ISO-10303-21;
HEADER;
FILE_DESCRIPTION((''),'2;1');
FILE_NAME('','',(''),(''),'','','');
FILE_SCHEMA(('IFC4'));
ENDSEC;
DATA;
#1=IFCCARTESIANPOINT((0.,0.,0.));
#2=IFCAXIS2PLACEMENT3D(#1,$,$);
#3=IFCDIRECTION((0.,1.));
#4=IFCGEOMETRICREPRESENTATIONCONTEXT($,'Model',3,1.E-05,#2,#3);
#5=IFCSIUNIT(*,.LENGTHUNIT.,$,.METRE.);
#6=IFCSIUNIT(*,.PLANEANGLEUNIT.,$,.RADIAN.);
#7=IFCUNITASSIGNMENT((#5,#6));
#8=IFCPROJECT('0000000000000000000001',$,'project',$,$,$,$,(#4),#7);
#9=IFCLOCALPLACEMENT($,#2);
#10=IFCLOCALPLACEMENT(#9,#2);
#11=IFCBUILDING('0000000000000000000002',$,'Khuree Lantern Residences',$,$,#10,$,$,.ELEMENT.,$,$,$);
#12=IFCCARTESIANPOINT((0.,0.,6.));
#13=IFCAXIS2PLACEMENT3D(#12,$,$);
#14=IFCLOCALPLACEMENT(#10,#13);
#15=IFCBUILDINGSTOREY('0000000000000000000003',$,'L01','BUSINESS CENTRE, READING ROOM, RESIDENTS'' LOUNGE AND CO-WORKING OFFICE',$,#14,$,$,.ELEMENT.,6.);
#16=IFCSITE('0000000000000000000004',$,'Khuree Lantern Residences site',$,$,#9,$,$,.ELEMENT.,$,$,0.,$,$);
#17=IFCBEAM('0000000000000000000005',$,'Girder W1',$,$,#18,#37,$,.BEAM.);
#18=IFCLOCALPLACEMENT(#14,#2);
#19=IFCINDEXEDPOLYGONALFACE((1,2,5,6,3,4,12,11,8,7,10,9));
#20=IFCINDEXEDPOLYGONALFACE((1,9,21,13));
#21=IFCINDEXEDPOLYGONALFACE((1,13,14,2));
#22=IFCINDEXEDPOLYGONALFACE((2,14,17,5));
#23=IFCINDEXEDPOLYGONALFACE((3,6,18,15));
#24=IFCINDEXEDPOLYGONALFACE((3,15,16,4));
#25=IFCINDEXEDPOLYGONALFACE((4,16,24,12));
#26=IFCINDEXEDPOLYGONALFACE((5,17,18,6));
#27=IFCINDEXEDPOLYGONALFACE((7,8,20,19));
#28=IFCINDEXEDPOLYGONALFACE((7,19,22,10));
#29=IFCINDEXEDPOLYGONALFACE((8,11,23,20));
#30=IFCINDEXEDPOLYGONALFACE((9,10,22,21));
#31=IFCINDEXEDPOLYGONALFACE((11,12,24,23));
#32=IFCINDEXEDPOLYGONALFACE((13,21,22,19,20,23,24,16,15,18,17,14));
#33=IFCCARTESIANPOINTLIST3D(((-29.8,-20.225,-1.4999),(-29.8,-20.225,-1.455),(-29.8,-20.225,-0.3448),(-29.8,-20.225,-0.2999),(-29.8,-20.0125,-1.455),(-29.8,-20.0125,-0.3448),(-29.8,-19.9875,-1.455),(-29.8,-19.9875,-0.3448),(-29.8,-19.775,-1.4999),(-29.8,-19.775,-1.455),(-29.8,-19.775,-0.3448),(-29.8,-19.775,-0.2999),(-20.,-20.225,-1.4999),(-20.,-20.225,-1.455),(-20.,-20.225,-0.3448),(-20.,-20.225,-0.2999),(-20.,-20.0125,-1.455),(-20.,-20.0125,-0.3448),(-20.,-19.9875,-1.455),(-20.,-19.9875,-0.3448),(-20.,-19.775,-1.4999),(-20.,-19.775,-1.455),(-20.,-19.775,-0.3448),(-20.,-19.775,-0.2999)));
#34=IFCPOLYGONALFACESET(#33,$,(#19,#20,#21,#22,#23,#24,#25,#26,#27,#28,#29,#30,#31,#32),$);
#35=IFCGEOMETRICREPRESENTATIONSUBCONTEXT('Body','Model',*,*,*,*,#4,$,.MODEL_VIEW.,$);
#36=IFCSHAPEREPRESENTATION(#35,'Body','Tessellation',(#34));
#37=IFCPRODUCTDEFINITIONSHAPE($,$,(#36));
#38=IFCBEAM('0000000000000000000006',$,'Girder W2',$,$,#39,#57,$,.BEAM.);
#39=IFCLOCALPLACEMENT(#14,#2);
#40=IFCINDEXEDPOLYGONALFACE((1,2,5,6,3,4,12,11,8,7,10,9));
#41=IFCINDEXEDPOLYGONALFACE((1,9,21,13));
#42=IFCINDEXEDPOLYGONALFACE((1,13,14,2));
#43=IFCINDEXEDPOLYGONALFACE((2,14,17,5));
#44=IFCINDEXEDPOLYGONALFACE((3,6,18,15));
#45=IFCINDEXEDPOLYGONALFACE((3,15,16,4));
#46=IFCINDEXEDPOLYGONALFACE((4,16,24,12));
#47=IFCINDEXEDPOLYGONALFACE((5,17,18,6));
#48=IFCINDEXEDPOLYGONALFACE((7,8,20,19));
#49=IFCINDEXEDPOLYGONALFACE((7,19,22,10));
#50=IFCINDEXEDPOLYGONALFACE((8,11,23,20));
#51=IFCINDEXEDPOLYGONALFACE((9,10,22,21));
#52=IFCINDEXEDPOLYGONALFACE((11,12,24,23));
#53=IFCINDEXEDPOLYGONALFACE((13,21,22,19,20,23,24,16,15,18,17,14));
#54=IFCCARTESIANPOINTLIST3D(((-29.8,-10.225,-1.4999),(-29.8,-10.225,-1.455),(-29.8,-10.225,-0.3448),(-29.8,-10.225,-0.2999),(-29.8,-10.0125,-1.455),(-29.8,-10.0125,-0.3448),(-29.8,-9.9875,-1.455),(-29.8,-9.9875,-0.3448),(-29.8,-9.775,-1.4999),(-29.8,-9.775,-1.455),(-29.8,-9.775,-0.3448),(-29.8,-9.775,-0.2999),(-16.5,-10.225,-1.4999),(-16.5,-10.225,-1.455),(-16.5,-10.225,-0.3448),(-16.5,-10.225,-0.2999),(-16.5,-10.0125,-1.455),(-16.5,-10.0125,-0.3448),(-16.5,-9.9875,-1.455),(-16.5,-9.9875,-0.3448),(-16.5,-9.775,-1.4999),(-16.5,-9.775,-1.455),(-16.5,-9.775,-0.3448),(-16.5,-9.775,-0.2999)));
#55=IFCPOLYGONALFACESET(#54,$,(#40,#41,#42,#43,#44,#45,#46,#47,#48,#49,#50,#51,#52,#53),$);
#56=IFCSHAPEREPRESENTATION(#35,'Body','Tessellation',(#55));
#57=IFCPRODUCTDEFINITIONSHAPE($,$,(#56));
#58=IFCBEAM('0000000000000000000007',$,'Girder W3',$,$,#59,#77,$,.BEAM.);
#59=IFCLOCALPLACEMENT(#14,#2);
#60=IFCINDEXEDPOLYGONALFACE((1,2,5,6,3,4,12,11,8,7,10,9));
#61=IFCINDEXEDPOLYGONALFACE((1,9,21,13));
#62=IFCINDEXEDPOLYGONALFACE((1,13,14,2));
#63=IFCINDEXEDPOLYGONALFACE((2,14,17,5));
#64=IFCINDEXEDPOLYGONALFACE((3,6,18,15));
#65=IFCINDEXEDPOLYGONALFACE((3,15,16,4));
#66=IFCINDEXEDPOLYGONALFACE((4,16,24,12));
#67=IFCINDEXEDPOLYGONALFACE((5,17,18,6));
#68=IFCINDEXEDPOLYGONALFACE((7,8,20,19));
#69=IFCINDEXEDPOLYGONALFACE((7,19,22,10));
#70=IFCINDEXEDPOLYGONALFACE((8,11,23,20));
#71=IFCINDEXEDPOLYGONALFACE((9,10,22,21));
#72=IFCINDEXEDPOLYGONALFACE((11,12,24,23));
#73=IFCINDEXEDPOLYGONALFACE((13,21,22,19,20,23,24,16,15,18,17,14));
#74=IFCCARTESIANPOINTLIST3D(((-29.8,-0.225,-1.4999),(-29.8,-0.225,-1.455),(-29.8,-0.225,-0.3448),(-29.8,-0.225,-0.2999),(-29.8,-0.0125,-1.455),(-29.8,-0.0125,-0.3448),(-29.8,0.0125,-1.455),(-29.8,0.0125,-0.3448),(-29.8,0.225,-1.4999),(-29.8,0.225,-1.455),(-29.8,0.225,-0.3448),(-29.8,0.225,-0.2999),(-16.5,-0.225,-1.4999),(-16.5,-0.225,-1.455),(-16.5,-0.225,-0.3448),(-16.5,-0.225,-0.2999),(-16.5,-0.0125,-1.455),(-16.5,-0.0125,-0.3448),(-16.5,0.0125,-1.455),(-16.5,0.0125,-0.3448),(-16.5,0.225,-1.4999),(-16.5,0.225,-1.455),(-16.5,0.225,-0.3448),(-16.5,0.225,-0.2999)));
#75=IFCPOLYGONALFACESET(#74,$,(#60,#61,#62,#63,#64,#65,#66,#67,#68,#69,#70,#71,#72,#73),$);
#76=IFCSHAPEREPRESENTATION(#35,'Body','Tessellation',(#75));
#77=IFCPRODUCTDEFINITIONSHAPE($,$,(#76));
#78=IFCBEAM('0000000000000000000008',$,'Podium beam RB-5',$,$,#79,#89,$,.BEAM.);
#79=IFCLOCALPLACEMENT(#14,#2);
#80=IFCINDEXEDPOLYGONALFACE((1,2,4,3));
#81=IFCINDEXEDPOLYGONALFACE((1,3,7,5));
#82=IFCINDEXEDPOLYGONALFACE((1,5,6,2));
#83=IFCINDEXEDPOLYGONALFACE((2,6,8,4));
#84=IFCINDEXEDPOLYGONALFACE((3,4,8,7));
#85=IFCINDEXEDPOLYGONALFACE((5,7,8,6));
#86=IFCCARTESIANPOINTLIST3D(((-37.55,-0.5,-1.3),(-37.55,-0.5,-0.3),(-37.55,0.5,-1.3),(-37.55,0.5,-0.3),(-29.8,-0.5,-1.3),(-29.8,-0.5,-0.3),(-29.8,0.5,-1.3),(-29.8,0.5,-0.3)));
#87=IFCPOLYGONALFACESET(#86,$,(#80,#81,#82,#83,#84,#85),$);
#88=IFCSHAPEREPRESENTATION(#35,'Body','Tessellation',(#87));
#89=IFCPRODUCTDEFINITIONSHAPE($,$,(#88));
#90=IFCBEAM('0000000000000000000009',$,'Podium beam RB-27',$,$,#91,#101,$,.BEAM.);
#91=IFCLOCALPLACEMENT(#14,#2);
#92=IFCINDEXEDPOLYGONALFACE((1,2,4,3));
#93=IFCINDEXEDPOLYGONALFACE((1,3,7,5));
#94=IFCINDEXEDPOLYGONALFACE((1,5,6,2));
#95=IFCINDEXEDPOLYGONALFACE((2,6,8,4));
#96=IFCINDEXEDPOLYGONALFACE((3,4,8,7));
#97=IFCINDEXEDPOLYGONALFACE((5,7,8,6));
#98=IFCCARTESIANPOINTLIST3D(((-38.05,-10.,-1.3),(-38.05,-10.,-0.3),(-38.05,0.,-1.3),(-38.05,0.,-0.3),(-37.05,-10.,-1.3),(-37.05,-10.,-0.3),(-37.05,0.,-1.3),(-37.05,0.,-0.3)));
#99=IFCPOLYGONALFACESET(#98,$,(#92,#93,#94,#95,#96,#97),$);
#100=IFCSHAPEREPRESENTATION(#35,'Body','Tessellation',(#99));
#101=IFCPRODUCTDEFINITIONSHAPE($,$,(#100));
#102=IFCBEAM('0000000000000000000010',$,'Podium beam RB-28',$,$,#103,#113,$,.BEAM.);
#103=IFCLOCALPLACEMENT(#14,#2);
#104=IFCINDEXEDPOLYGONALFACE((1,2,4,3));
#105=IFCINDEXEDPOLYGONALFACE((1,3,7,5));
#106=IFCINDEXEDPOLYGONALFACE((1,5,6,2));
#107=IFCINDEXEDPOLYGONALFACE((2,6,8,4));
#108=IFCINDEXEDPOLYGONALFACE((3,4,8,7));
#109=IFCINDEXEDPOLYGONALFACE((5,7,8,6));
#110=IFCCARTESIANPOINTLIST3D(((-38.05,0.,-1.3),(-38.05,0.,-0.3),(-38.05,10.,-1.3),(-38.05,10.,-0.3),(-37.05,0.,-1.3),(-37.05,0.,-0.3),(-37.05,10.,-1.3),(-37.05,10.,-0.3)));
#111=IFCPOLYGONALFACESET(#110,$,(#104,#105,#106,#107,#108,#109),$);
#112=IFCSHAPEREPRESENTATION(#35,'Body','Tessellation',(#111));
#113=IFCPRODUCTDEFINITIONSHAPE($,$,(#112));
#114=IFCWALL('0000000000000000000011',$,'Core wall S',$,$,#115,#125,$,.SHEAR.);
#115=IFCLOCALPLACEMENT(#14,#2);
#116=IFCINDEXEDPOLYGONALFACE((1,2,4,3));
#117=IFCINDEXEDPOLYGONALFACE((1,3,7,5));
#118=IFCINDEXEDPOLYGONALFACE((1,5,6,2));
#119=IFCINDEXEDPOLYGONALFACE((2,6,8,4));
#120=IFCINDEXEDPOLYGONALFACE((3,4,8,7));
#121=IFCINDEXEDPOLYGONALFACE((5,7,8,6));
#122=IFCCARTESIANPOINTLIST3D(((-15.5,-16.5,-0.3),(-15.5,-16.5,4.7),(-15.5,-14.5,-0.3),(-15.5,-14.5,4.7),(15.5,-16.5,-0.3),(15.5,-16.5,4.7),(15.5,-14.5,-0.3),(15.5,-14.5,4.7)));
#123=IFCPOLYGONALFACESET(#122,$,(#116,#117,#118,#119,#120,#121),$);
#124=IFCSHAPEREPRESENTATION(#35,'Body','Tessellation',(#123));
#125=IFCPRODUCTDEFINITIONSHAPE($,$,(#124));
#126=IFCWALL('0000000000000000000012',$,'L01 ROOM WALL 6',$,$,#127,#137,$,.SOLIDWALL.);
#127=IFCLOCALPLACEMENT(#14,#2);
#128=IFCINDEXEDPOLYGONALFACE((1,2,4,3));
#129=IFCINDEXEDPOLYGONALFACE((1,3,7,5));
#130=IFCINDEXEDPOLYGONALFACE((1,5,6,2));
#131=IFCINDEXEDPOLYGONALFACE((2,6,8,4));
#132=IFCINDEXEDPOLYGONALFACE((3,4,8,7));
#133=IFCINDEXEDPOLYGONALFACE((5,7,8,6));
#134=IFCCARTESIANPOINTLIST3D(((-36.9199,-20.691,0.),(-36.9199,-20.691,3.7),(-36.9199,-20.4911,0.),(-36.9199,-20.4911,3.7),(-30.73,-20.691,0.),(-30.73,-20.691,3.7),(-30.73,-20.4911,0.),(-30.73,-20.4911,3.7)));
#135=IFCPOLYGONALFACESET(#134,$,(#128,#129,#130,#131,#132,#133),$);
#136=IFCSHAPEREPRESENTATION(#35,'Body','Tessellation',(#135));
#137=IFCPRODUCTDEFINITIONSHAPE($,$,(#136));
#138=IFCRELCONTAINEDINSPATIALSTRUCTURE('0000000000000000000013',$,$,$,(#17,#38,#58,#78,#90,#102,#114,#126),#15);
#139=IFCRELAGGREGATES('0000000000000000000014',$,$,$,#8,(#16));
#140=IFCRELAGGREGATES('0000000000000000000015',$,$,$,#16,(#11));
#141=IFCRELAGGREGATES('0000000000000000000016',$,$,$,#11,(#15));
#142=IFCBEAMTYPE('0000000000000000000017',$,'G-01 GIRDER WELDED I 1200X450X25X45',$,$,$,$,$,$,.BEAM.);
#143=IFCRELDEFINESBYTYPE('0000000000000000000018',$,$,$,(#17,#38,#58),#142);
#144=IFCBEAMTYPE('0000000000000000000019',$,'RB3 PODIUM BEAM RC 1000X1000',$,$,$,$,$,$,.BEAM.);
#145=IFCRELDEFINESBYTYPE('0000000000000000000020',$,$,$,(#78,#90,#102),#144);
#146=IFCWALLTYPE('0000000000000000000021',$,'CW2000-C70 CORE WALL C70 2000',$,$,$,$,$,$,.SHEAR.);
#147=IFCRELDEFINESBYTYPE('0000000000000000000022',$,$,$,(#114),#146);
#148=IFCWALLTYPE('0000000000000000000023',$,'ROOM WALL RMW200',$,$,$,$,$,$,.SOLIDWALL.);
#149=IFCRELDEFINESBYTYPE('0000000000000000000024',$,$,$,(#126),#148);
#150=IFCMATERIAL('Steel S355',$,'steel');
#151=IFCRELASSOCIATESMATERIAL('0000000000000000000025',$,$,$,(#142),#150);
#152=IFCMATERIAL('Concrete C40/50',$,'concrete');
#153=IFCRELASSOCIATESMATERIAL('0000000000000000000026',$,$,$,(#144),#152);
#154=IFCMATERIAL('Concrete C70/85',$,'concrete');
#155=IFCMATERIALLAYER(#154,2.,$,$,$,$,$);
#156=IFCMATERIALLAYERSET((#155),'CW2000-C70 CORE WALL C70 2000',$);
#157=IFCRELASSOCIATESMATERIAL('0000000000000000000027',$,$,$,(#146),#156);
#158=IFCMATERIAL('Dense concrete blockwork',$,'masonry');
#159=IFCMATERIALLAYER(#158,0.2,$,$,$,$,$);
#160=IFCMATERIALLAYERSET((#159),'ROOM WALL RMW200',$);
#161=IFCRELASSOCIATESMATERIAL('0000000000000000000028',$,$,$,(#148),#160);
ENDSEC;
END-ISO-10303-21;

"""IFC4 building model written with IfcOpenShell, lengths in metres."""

from ifc_helpers import new_model, si_unit, direction, frame, frame_2d, origin, origin_2d, place, context, subcontext, project, spatial, rectangle, i_section, extrude, material, layer, layer_set, material_profile, profile_set, type_object, element, save


model = new_model("IFC4")

# Units and contexts
model_context = context("Model", 3, precision=1e-05, world=origin(), true_north=direction((0.0, 1.0)))
body_context = subcontext(model_context, "Body", "Model", "MODEL_VIEW")
ifc_project = project(units=[si_unit("LENGTHUNIT", "METRE"), si_unit("PLANEANGLEUNIT", "RADIAN")], contexts=[model_context])

# Site, building, storey
site_placement = place(None, origin())
site = spatial("IfcSite", under=ifc_project, at=site_placement, Name="Khuree Lantern Residences site", CompositionType="ELEMENT", RefElevation=0.0)
building_placement = place(site_placement, origin())
building = spatial("IfcBuilding", under=site, at=building_placement, Name="Khuree Lantern Residences", CompositionType="ELEMENT")
storey_placement = place(building_placement, frame((0.0, 0.0, 6.0)))
storey = spatial("IfcBuildingStorey", under=building, at=storey_placement, Name="L01", Description="BUSINESS CENTRE, READING ROOM, RESIDENTS' LOUNGE AND CO-WORKING OFFICE", CompositionType="ELEMENT", Elevation=6.0)

# Shared definitions
ifc_material_1 = material(Name="Concrete C70/85", Category="concrete")

# Beams
ifc_material_2 = material(Name="Steel S355", Category="steel")
ifc_material_profile_1 = material_profile(ifc_material_2, i_section(OverallWidth=0.45, OverallDepth=1.2, WebThickness=0.0249, FlangeThickness=0.0449, at=origin_2d()), Name="WELDED I 1200X450X25X45")
ifc_profile_set_1 = profile_set([ifc_material_profile_1], Name="Steel S355")
beam_type_1 = type_object("IfcBeamType", Name="G-01 GIRDER WELDED I 1200X450X25X45", PredefinedType="BEAM", material=ifc_profile_set_1)
beam_1_placement = place(storey_placement, frame((-29.8, -20.0, -0.8999), z_axis=(1.0, 0.0, 0.0), x_axis=(0.0, 1.0, 0.0)))
element("IfcBeam", 1, at=beam_1_placement, inside=storey, type_object=beam_type_1, Name="Girder W1", PredefinedType="BEAM", context=body_context, shape_type="SweptSolid", body=[
    extrude(i_section(OverallWidth=0.45, OverallDepth=1.2, WebThickness=0.0249, FlangeThickness=0.0449, at=origin_2d()), origin(), (0.0, 0.0, 1.0), 9.8),
])
for number, where, z_axis, x_axis, name in (
    (2, (-29.8, -10.0, -0.8999), (1.0, 0.0, 0.0), (0.0, 1.0, 0.0), "Girder W2"),
    (3, (-29.8, 0.0, -0.8999), (1.0, 0.0, 0.0), (0.0, 1.0, 0.0), "Girder W3"),
):
    element("IfcBeam", number, at=place(storey_placement, frame(where, z_axis=z_axis, x_axis=x_axis)), inside=storey, type_object=beam_type_1, Name=name, PredefinedType="BEAM", context=body_context, shape_type="SweptSolid", body=[
        extrude(i_section(OverallWidth=0.45, OverallDepth=1.2, WebThickness=0.0249, FlangeThickness=0.0449, at=origin_2d()), origin(), (0.0, 0.0, 1.0), 13.3),
    ])
ifc_material_3 = material(Name="Concrete C40/50", Category="concrete")
ifc_material_profile_2 = material_profile(ifc_material_3, rectangle(XDim=1.0, YDim=1.0, at=origin_2d()), Name="RC 1000X1000")
ifc_profile_set_2 = profile_set([ifc_material_profile_2], Name="Concrete C40/50")
beam_type_2 = type_object("IfcBeamType", Name="RB3 PODIUM BEAM RC 1000X1000", PredefinedType="BEAM", material=ifc_profile_set_2)
beam_2_placement = place(storey_placement, frame((-37.55, 0.0, -0.8), z_axis=(1.0, 0.0, 0.0), x_axis=(0.0, 1.0, 0.0)))
element("IfcBeam", 4, at=beam_2_placement, inside=storey, type_object=beam_type_2, Name="Podium beam RB-5", PredefinedType="BEAM", context=body_context, shape_type="SweptSolid", body=[
    extrude(rectangle(XDim=1.0, YDim=1.0, at=origin_2d()), origin(), (0.0, 0.0, 1.0), 7.75),
])
for number, where, z_axis, x_axis, name in (
    (5, (-37.55, -10.0, -0.8), (0.0, 1.0, 0.0), (-1.0, 0.0, 0.0), "Podium beam RB-27"),
    (6, (-37.55, 0.0, -0.8), (0.0, 1.0, 0.0), (-1.0, 0.0, 0.0), "Podium beam RB-28"),
):
    element("IfcBeam", number, at=place(storey_placement, frame(where, z_axis=z_axis, x_axis=x_axis)), inside=storey, type_object=beam_type_2, Name=name, PredefinedType="BEAM", context=body_context, shape_type="SweptSolid", body=[
        extrude(rectangle(XDim=1.0, YDim=1.0, at=origin_2d()), origin(), (0.0, 0.0, 1.0), 10.0),
    ])

# Walls
ifc_layer_1 = layer(ifc_material_1, 2.0)
ifc_layer_set_1 = layer_set([ifc_layer_1], Name="CW2000-C70 CORE WALL C70 2000")
wall_type_1 = type_object("IfcWallType", Name="CW2000-C70 CORE WALL C70 2000", PredefinedType="SHEAR", material=ifc_layer_set_1)
wall_1_placement = place(storey_placement, frame((-15.5, -15.5, -0.3), z_axis=(0.0, 0.0, 1.0), x_axis=(1.0, 0.0, 0.0)))
element("IfcWall", 7, at=wall_1_placement, inside=storey, type_object=wall_type_1, Name="Core wall S", PredefinedType="SHEAR", context=body_context, shape_type="SweptSolid", body=[
    extrude(rectangle(XDim=31.0, YDim=2.0, at=frame_2d((15.5, 0.0))), origin(), (0.0, 0.0, 1.0), 5.0),
])
ifc_material_4 = material(Name="Dense concrete blockwork", Category="masonry")
ifc_layer_2 = layer(ifc_material_4, 0.2)
ifc_layer_set_2 = layer_set([ifc_layer_2], Name="ROOM WALL RMW200")
wall_type_2 = type_object("IfcWallType", Name="ROOM WALL RMW200", PredefinedType="SOLIDWALL", material=ifc_layer_set_2)
wall_2_placement = place(storey_placement, frame((-36.9199, -20.5911, 0.0), z_axis=(0.0, 0.0, 1.0), x_axis=(1.0, 0.0, 0.0)))
element("IfcWall", 8, at=wall_2_placement, inside=storey, type_object=wall_type_2, Name="L01 ROOM WALL 6", PredefinedType="SOLIDWALL", context=body_context, shape_type="SweptSolid", body=[
    extrude(rectangle(XDim=6.1899, YDim=0.2, at=frame_2d((3.095, 0.0))), origin(), (0.0, 0.0, 1.0), 3.7),
])

save(model, "model.ifc")
